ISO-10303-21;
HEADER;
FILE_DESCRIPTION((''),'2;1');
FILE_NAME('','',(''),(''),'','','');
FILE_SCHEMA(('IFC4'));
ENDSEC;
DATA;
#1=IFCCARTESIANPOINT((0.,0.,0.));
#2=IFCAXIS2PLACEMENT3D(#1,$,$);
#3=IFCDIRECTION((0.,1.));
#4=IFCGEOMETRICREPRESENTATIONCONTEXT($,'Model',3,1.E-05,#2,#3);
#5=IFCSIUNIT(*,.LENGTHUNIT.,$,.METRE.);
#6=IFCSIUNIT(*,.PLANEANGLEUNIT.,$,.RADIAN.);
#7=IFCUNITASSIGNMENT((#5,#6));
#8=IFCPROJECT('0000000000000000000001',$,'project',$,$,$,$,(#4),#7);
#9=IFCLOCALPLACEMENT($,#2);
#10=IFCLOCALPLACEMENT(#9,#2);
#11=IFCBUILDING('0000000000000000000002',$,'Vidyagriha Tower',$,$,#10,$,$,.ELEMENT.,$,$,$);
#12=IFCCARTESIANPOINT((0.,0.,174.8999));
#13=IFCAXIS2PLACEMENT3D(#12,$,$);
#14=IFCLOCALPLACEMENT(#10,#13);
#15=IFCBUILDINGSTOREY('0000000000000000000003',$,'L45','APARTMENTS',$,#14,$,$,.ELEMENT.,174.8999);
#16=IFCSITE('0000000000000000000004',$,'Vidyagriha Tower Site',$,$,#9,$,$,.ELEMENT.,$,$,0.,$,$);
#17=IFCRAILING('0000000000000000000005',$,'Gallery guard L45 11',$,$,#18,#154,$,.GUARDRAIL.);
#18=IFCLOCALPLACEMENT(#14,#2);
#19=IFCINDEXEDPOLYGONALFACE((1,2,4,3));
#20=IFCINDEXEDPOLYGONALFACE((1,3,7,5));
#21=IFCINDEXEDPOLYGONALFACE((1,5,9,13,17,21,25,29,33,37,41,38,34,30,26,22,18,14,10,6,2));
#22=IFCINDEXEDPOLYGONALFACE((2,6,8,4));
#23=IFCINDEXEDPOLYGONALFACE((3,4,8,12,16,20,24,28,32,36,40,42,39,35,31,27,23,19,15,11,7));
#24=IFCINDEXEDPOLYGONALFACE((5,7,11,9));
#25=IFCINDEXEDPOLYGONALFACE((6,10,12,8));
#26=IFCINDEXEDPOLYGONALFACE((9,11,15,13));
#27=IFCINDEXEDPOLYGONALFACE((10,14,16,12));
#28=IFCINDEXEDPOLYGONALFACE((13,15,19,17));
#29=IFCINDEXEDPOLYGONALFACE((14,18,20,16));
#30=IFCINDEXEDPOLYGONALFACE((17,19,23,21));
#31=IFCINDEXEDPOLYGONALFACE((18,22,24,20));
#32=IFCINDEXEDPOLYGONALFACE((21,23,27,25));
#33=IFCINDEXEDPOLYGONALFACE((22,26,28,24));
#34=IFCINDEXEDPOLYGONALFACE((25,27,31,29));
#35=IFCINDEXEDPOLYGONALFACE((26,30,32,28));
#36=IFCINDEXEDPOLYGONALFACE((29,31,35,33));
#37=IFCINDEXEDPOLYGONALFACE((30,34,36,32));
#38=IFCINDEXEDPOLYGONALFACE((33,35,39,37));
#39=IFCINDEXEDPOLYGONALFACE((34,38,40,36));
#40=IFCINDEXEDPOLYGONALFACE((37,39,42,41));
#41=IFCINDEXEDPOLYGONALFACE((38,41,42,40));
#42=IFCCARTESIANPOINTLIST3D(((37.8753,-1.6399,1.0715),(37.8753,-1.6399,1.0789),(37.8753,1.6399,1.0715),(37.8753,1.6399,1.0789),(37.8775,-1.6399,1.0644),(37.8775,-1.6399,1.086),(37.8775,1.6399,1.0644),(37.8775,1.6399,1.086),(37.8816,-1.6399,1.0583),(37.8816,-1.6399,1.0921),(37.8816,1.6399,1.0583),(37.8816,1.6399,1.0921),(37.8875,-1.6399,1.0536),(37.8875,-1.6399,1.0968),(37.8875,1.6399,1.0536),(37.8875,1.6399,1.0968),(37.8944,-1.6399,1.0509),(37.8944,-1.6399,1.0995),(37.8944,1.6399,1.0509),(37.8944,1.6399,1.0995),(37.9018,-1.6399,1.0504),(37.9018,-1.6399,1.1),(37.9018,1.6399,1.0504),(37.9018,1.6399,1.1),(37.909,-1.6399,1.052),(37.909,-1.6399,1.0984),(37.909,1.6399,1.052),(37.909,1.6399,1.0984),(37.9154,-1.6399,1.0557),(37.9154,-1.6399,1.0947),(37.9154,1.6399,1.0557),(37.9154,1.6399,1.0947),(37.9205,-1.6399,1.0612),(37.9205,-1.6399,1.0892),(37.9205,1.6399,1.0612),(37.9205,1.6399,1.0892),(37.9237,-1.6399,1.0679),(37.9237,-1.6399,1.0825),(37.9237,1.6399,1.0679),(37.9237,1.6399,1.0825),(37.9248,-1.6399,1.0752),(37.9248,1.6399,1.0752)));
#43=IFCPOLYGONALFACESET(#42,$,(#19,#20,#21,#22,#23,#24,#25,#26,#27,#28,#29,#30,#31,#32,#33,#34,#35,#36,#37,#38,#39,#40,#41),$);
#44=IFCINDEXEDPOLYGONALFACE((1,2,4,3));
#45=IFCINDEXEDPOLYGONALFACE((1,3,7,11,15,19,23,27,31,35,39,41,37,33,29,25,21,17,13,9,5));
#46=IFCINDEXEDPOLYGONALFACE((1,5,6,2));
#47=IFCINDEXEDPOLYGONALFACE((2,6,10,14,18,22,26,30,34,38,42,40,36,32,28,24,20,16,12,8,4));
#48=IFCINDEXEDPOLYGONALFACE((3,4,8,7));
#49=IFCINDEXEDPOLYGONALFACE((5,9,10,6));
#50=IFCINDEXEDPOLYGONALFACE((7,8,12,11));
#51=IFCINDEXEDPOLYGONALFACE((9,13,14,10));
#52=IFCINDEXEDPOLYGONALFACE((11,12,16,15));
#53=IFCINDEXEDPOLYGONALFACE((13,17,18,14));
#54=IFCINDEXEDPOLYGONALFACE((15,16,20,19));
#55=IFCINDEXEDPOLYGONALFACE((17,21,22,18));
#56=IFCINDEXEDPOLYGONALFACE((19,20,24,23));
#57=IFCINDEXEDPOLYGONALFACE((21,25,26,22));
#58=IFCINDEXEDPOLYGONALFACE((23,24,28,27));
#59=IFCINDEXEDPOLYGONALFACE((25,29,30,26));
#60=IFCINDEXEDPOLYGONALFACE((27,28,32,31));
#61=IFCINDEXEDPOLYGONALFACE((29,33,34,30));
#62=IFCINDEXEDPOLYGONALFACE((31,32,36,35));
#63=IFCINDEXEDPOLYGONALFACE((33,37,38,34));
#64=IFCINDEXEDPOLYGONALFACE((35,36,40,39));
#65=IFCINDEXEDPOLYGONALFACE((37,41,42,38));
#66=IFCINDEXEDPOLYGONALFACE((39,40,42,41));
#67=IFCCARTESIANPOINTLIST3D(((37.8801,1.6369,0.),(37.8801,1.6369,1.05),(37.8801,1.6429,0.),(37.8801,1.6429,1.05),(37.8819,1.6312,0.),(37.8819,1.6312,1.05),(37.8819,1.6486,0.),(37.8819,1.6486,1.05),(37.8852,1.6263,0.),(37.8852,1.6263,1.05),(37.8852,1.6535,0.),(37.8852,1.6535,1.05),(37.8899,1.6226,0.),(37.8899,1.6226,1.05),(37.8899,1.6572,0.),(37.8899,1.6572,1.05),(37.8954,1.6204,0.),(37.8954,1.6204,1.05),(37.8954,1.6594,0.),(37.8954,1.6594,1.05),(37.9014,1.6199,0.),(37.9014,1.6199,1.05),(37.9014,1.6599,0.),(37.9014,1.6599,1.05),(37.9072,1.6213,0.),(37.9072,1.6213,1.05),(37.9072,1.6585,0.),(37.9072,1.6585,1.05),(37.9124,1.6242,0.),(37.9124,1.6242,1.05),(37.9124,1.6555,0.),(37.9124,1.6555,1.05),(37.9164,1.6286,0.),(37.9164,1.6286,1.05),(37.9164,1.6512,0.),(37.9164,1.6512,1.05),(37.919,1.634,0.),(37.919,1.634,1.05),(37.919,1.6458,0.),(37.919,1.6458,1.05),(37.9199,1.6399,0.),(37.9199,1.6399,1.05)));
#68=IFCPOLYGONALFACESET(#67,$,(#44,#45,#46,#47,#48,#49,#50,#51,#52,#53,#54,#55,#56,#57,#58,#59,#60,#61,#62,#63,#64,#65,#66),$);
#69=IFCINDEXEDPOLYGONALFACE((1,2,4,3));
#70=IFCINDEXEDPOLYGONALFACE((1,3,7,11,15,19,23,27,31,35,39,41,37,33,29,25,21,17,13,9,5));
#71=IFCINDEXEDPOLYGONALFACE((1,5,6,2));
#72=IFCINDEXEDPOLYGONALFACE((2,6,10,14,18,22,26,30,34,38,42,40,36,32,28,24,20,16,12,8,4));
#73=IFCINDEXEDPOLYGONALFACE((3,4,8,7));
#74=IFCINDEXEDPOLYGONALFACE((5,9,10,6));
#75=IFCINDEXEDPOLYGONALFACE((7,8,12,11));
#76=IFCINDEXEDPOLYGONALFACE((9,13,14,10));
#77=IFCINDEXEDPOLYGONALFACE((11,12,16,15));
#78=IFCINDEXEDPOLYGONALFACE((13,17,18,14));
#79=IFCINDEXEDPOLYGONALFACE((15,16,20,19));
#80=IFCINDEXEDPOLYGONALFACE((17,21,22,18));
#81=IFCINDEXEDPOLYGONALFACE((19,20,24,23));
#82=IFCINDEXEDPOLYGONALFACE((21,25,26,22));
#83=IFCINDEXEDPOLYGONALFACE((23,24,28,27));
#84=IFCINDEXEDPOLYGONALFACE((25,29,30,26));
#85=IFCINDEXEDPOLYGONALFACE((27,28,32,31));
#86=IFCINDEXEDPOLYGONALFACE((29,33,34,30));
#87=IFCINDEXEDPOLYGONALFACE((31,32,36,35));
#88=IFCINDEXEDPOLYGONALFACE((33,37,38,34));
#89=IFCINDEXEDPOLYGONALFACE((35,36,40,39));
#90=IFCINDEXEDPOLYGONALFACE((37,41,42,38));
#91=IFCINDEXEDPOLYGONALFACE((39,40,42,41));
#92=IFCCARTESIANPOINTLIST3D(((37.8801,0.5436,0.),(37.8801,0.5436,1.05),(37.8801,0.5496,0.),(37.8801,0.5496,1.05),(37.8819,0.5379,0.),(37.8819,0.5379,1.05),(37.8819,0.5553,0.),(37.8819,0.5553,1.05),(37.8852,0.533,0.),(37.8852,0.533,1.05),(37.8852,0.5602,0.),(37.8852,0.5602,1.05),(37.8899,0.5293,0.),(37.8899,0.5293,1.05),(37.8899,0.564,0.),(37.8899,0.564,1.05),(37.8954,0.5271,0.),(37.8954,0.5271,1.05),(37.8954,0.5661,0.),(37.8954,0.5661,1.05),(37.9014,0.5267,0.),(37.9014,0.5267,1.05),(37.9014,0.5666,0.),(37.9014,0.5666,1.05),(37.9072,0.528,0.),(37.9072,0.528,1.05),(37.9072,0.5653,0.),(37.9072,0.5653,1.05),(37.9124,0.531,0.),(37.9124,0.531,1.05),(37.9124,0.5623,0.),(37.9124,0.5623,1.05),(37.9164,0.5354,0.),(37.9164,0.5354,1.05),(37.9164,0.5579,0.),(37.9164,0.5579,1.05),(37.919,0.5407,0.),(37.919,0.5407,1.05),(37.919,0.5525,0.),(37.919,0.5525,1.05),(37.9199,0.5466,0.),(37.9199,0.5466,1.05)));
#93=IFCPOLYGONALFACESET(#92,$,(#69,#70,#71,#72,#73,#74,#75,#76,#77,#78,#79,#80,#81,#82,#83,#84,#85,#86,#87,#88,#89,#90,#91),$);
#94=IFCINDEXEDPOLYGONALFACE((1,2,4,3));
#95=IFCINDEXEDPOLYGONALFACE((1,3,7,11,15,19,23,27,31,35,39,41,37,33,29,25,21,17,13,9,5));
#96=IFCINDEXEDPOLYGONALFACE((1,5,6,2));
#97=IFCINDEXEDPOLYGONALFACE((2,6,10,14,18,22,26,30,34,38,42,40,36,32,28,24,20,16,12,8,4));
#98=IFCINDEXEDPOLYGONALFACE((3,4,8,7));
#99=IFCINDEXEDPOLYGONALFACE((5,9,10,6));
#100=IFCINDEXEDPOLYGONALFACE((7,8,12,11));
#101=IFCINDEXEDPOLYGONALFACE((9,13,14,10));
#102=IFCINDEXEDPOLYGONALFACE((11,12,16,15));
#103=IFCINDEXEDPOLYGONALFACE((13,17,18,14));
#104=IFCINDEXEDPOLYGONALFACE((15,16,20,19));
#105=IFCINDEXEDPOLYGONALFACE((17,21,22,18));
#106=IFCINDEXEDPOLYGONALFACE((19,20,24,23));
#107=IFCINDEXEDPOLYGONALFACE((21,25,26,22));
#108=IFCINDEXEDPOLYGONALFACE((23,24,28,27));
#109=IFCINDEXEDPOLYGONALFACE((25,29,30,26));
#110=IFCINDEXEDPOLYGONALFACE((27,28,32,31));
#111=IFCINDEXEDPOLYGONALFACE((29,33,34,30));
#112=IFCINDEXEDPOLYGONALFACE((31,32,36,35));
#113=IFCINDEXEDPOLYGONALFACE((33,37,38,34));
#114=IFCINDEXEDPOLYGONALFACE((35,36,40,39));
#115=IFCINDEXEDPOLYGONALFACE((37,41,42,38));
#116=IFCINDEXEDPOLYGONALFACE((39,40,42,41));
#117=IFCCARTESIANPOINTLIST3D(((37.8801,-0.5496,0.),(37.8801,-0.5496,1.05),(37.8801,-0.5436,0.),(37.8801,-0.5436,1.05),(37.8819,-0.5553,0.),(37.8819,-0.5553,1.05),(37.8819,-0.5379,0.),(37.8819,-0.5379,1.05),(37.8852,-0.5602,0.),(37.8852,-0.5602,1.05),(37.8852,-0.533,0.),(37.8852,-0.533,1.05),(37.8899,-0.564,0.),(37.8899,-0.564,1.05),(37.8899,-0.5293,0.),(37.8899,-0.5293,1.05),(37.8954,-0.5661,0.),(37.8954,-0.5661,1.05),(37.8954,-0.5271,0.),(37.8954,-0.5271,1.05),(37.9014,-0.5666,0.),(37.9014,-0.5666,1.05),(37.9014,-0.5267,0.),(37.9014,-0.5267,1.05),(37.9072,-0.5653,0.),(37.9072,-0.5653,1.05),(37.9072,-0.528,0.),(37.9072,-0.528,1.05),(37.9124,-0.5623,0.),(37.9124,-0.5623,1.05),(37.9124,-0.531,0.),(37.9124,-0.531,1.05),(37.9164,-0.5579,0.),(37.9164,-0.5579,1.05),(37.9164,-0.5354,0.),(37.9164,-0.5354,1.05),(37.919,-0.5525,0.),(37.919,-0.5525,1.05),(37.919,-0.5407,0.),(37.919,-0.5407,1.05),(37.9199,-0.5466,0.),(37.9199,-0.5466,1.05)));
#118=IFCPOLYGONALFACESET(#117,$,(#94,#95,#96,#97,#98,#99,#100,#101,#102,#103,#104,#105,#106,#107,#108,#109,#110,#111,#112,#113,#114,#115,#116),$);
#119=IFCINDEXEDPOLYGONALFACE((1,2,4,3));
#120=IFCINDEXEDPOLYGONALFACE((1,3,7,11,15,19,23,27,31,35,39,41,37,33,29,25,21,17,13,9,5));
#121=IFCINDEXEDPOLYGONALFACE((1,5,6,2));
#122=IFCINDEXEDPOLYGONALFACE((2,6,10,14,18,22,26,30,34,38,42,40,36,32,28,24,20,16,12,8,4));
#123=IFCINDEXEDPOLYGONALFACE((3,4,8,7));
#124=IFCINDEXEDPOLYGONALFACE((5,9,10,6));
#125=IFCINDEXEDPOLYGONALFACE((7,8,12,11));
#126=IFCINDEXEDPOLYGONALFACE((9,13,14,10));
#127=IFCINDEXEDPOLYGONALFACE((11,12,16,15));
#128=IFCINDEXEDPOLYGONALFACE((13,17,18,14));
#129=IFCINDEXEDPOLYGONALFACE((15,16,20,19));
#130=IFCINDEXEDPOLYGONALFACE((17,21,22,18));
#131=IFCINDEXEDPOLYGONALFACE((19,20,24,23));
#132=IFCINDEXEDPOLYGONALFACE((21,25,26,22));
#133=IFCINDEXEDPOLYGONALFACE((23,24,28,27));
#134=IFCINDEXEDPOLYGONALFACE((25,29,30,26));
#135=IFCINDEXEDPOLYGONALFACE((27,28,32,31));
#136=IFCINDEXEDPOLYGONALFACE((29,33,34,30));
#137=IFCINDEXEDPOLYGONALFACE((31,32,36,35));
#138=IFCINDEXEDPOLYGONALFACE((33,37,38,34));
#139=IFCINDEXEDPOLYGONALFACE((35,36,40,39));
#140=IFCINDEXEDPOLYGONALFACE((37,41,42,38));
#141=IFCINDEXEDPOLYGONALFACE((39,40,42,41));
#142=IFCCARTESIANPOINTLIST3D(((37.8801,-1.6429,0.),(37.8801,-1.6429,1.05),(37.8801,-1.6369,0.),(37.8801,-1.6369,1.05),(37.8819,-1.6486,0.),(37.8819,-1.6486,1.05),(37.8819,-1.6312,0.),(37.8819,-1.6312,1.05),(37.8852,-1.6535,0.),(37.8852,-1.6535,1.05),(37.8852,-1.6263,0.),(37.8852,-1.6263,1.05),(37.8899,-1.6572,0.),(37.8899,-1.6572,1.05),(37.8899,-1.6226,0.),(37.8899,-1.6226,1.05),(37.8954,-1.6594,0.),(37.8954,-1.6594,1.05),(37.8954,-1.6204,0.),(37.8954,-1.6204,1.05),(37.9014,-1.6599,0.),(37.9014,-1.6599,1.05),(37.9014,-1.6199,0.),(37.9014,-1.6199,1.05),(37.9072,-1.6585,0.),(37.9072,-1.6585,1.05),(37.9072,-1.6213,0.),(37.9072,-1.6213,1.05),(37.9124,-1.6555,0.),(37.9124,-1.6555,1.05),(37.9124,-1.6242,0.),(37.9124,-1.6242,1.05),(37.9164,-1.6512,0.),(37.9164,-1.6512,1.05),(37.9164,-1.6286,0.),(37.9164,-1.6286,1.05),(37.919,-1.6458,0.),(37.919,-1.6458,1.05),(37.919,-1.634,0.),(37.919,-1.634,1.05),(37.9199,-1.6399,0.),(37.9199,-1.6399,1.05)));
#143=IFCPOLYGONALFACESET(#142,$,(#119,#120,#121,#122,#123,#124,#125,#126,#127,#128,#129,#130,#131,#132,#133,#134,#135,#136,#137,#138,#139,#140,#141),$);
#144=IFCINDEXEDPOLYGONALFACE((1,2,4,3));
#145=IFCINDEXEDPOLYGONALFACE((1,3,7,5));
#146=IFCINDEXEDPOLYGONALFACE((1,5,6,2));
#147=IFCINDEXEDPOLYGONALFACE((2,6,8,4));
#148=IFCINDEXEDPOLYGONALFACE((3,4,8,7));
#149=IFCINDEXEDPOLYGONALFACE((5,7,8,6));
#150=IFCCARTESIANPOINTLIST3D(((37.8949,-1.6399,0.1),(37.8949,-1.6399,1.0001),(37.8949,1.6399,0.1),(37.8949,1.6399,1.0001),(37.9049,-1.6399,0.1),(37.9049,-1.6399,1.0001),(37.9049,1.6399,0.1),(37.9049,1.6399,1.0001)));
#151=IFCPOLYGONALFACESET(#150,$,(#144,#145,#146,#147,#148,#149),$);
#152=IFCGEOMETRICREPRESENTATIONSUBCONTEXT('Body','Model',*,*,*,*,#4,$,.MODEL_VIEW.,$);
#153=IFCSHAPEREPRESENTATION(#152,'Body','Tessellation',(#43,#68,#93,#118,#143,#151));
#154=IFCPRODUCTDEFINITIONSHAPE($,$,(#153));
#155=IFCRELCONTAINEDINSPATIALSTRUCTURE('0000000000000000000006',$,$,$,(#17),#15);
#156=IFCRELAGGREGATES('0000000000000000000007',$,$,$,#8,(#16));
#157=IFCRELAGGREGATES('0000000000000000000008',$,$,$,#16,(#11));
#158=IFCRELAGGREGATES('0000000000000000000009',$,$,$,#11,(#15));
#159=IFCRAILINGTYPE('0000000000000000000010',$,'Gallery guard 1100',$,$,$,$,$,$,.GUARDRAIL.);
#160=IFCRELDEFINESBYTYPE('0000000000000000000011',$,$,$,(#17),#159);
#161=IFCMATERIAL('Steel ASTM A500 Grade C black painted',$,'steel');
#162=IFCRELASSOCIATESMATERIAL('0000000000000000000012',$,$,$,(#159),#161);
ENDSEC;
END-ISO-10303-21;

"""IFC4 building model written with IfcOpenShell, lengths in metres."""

from ifc_helpers import new_model, si_unit, direction, frame, origin, origin_2d, place, context, subcontext, project, spatial, rectangle, circle, extrude, material, type_object, element, save


model = new_model("IFC4")

# Units and contexts
model_context = context("Model", 3, precision=1e-05, world=origin(), true_north=direction((0.0, 1.0)))
body_context = subcontext(model_context, "Body", "Model", "MODEL_VIEW")
ifc_project = project(units=[si_unit("LENGTHUNIT", "METRE"), si_unit("PLANEANGLEUNIT", "RADIAN")], contexts=[model_context])

# Site, building, storey
site_placement = place(None, origin())
site = spatial("IfcSite", under=ifc_project, at=site_placement, Name="Vidyagriha Tower Site", CompositionType="ELEMENT", RefElevation=0.0)
building_placement = place(site_placement, origin())
building = spatial("IfcBuilding", under=site, at=building_placement, Name="Vidyagriha Tower", CompositionType="ELEMENT")
storey_placement = place(building_placement, frame((0.0, 0.0, 174.8999)))
storey = spatial("IfcBuildingStorey", under=building, at=storey_placement, Name="L45", Description="APARTMENTS", CompositionType="ELEMENT", Elevation=174.8999)

# Railing
ifc_material_1 = material(Name="Steel ASTM A500 Grade C black painted", Category="steel")
railing_type_1 = type_object("IfcRailingType", Name="Gallery guard 1100", PredefinedType="GUARDRAIL", material=ifc_material_1)
railing_1_placement = place(storey_placement, frame((37.8999, 1.6399, 0.0)))
element("IfcRailing", 1, at=railing_1_placement, inside=storey, type_object=railing_type_1, Name="Gallery guard L45 11", PredefinedType="GUARDRAIL", context=body_context, shape_type="SweptSolid", body=[
    extrude(circle(Radius=0.0249, at=origin_2d()), frame((0.0, 0.0, 1.0752), z_axis=(0.0, -1.0, 0.0), x_axis=(1.0, 0.0, 0.0)), (0.0, 0.0, 1.0), 3.2798),
    extrude(circle(Radius=0.02, at=origin_2d()), origin(), (0.0, 0.0, 1.0), 1.05),
    extrude(circle(Radius=0.02, at=origin_2d()), frame((0.0, -1.0933, 0.0)), (0.0, 0.0, 1.0), 1.05),
    extrude(circle(Radius=0.02, at=origin_2d()), frame((0.0, -2.1865, 0.0)), (0.0, 0.0, 1.0), 1.05),
    extrude(circle(Radius=0.02, at=origin_2d()), frame((0.0, -3.2798, 0.0)), (0.0, 0.0, 1.0), 1.05),
    extrude(rectangle(XDim=0.01, YDim=0.9001, at=origin_2d()), frame((0.0, 0.0, 0.55), z_axis=(0.0, -1.0, 0.0), x_axis=(1.0, 0.0, 0.0)), (0.0, 0.0, 1.0), 3.2798),
])

save(model, "model.ifc")
